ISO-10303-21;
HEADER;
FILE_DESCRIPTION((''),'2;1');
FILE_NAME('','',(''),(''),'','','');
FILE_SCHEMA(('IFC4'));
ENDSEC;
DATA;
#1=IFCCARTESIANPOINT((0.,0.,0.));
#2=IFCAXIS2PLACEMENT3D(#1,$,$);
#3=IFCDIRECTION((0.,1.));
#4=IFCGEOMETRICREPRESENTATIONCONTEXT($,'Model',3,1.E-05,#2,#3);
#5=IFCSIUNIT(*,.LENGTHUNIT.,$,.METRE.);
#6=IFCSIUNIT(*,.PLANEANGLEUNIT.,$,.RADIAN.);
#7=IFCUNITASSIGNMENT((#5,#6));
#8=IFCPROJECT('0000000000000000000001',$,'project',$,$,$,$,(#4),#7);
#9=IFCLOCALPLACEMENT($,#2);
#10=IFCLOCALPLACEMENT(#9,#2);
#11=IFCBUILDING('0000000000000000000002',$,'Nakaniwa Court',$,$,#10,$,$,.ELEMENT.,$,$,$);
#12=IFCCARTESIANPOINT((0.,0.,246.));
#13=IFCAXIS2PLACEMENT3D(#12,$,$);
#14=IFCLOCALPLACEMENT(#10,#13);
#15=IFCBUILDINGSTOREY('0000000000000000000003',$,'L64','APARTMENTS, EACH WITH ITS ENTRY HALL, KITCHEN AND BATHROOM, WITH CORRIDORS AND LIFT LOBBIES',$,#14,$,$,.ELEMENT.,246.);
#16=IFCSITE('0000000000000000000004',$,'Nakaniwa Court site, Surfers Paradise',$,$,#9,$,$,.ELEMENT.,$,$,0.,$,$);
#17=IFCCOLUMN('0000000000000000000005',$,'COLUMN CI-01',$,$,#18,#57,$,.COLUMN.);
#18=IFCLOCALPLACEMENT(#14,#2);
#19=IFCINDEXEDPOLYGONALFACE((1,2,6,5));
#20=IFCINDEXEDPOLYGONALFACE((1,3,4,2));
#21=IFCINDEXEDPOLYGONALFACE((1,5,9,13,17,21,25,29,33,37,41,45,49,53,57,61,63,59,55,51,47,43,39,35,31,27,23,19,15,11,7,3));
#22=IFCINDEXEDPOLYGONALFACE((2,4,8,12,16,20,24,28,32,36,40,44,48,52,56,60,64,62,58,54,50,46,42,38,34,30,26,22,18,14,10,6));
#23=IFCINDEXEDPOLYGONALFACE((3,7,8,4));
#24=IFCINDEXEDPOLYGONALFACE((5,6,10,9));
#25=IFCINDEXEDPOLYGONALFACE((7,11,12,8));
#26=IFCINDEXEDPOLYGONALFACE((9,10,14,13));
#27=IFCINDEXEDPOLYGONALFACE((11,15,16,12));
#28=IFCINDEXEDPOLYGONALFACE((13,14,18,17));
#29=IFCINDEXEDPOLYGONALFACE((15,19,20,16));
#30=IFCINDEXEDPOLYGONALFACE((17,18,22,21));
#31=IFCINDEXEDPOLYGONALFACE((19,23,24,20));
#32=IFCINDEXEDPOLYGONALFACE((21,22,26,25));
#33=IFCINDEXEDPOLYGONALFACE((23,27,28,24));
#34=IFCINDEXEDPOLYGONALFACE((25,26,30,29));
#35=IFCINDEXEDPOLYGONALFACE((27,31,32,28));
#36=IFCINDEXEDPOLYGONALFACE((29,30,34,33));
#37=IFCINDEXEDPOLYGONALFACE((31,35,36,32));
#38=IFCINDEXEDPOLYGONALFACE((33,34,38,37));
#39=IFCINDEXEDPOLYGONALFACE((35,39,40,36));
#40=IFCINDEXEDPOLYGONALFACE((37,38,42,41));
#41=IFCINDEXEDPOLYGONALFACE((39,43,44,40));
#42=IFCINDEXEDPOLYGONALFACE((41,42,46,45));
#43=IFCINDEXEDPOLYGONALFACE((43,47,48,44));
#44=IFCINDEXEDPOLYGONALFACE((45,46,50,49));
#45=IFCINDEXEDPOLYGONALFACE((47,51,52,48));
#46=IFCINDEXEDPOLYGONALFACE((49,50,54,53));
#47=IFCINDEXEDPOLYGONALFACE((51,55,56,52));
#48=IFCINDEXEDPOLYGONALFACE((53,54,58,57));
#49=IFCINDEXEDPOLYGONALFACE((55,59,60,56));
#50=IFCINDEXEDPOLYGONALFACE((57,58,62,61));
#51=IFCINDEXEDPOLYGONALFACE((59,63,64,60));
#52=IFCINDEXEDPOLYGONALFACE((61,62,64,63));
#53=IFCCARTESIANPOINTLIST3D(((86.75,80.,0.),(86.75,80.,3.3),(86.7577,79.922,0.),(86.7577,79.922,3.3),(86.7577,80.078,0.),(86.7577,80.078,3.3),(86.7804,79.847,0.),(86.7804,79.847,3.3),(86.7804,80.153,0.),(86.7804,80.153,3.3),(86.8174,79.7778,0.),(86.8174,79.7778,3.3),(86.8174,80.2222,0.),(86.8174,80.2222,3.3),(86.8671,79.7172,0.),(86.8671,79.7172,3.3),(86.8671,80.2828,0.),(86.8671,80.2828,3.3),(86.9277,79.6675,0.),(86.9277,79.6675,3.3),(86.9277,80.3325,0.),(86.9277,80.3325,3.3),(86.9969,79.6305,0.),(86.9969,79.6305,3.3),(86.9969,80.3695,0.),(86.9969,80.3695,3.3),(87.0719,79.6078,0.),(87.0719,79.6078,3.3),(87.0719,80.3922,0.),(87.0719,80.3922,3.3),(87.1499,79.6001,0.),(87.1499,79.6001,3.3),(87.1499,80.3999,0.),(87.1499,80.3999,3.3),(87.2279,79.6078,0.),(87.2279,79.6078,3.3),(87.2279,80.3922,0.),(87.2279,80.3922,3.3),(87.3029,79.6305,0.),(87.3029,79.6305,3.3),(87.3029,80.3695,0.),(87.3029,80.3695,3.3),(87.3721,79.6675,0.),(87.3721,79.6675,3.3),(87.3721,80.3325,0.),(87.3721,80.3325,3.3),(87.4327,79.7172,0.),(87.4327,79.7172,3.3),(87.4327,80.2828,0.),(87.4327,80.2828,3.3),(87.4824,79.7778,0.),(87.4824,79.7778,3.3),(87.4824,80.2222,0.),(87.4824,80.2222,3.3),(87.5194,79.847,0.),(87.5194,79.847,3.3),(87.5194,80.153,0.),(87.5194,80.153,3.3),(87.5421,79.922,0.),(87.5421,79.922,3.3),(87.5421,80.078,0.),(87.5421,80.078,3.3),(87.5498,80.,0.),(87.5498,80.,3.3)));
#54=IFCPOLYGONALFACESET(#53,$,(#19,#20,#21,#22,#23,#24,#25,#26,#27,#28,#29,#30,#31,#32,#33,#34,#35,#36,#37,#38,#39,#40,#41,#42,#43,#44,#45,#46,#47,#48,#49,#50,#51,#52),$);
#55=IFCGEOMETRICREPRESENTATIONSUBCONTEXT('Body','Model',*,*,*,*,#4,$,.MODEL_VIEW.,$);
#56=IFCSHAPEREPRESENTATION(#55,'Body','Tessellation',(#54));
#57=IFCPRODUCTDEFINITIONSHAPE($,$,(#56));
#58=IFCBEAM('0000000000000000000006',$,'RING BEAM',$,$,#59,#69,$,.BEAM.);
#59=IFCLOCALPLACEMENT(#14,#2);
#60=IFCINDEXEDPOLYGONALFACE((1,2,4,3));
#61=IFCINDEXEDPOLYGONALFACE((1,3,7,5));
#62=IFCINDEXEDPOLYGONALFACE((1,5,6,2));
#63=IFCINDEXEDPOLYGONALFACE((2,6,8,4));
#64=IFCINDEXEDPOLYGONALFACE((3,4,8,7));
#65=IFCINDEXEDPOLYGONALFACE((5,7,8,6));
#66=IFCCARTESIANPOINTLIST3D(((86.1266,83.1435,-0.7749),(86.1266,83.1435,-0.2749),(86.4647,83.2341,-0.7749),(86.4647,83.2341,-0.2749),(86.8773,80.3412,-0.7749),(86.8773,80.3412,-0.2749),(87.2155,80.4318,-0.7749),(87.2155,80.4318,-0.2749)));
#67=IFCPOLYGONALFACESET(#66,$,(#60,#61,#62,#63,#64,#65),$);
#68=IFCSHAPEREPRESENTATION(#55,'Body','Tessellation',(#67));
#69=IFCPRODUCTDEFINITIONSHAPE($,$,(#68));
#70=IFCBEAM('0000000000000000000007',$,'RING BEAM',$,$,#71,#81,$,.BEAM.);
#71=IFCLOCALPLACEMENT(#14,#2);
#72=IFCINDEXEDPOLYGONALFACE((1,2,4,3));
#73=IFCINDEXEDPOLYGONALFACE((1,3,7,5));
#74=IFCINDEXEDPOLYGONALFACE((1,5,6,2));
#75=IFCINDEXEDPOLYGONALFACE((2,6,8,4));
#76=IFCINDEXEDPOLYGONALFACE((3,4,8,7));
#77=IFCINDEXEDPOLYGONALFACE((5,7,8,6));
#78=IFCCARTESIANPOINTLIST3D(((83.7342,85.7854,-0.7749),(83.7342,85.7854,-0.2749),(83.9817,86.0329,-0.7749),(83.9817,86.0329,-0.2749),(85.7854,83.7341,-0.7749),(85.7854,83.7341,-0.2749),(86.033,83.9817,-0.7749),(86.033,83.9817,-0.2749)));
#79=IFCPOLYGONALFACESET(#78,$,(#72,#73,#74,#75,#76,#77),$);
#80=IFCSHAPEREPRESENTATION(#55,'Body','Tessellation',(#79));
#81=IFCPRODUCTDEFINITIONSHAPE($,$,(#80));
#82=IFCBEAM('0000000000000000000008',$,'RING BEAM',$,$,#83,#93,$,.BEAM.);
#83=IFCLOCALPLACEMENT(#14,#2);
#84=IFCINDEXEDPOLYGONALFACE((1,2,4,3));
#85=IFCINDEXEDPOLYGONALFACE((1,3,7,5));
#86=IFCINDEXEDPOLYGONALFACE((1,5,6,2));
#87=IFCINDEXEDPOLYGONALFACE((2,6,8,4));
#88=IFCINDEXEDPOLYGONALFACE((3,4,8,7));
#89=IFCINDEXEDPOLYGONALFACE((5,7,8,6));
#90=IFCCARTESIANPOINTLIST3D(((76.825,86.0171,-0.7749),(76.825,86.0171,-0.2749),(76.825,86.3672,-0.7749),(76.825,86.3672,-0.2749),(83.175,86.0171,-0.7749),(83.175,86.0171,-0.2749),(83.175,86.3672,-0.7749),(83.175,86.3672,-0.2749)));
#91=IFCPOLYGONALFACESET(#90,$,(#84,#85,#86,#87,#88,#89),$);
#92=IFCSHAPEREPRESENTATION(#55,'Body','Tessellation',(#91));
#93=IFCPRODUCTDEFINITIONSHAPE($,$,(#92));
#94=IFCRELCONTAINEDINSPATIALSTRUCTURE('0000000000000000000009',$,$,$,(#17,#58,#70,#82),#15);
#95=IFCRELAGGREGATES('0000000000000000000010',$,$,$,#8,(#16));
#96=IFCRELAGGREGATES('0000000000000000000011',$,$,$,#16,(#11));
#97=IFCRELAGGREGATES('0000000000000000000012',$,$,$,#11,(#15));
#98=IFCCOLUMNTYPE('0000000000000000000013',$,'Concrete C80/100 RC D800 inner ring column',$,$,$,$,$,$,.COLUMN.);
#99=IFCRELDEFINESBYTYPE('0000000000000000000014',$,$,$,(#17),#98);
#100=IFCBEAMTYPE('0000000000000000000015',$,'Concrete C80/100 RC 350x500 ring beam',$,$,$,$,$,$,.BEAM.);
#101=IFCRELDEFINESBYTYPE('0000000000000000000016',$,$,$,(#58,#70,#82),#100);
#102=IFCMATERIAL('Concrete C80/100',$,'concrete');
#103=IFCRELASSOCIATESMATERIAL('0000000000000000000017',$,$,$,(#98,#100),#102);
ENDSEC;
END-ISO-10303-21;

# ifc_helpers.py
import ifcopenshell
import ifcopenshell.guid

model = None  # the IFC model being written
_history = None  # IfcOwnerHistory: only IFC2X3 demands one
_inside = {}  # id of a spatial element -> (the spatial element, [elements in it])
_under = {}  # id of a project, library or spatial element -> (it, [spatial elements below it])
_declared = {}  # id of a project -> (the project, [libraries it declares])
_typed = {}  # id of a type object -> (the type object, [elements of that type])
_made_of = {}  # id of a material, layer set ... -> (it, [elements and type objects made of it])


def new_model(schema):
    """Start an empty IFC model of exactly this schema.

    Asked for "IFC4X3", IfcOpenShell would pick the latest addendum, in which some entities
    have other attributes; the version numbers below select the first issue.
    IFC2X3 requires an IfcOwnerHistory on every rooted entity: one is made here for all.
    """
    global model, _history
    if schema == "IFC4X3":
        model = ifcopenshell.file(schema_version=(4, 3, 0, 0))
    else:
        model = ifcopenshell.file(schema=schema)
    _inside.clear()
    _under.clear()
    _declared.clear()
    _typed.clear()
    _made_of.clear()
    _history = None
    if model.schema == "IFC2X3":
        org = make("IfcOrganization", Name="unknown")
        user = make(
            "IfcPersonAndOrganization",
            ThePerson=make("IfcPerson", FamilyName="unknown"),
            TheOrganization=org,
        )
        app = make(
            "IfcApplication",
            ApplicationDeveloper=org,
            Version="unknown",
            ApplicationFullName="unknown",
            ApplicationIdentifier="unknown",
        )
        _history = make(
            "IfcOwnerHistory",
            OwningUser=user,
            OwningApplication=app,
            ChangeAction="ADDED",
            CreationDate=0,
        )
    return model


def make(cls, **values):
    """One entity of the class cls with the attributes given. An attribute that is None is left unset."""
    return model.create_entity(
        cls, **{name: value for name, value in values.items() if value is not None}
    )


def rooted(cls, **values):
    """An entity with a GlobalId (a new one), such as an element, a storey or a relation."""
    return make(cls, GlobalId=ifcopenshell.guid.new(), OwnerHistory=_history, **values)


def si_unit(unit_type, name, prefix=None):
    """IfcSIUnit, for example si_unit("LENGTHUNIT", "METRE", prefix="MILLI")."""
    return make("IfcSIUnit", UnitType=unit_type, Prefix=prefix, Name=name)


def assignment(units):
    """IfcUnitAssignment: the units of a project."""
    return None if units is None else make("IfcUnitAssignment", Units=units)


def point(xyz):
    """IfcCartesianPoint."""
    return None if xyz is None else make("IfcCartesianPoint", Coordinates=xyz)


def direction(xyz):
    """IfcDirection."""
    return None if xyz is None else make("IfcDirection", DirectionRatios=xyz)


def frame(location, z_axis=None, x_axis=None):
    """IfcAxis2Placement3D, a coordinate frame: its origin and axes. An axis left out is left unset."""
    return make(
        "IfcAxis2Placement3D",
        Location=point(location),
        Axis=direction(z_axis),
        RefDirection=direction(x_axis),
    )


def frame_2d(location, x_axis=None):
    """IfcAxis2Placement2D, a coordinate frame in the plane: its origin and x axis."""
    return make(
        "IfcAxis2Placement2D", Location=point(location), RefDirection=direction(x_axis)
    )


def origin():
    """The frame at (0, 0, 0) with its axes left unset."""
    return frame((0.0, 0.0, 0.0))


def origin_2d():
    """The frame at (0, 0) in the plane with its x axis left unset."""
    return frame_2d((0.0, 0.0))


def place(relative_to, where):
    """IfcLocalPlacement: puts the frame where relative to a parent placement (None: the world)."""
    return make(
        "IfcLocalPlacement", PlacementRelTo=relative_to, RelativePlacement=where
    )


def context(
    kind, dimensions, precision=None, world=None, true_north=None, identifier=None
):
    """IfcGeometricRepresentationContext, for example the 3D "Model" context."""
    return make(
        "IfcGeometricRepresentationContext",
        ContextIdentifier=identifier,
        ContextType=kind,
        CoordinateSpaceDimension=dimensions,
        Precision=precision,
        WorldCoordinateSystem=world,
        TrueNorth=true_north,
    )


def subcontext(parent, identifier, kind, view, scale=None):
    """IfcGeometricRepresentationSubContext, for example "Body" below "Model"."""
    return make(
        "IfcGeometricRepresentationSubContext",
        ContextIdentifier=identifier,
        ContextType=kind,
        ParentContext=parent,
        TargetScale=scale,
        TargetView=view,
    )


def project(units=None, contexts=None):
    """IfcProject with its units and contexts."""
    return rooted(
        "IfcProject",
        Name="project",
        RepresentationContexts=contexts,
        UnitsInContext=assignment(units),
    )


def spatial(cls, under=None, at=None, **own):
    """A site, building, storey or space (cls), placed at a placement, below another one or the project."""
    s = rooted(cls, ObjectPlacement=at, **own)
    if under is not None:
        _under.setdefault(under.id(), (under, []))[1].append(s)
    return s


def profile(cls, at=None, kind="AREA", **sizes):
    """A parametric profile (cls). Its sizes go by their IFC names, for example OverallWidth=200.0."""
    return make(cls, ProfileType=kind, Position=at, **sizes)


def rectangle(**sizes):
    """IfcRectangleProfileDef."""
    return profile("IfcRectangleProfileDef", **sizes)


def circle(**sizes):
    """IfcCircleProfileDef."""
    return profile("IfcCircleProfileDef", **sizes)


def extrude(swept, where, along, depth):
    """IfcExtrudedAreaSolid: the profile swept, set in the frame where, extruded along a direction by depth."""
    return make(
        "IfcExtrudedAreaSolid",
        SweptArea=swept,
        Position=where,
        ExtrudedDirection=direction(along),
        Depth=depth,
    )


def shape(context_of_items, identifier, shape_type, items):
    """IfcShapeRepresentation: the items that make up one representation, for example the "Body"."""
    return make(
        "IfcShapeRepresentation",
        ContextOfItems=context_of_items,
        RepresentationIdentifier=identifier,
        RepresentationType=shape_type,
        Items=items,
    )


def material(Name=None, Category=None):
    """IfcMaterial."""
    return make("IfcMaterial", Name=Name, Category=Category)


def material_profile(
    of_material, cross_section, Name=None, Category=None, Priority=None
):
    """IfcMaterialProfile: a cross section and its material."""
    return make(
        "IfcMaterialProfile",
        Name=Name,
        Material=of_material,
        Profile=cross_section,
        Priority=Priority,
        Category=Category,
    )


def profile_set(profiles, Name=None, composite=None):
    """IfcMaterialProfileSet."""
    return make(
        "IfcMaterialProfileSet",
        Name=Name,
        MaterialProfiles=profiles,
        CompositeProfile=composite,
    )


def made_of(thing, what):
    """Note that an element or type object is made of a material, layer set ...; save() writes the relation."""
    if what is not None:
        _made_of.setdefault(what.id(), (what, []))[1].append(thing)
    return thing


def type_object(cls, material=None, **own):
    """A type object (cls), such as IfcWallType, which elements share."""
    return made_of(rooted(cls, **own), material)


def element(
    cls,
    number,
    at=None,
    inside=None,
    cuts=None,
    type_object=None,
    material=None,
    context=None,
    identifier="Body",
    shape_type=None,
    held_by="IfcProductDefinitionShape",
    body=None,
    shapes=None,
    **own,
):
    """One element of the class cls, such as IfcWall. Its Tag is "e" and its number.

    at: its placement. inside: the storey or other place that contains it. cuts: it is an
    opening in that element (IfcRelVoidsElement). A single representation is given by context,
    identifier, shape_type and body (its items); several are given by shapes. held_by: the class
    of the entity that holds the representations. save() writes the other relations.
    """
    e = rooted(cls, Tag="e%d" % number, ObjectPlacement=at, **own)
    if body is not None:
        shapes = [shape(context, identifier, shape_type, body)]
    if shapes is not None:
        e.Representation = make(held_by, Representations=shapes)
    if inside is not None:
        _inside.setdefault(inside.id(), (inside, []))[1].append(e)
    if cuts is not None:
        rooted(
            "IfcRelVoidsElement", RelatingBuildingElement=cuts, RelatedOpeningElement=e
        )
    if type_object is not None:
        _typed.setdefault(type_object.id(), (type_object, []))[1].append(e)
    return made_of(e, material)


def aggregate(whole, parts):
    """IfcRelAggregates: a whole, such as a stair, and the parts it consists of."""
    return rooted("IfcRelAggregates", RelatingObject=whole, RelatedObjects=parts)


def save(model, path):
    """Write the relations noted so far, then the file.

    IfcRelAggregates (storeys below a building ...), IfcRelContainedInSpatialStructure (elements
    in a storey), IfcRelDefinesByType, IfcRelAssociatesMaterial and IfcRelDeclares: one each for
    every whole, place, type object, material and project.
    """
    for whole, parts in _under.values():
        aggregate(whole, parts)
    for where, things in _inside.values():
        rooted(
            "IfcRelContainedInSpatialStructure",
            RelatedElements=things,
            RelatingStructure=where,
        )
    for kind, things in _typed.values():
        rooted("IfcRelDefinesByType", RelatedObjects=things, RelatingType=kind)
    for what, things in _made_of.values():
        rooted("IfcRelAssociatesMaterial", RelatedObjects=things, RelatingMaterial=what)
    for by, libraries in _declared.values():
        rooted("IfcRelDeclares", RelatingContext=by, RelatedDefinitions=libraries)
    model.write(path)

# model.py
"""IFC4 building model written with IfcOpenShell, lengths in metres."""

from ifc_helpers import new_model, si_unit, direction, frame, origin, origin_2d, place, context, subcontext, project, spatial, rectangle, circle, extrude, material, material_profile, profile_set, type_object, element, save


model = new_model("IFC4")

# Units and contexts
model_context = context("Model", 3, precision=1e-05, world=origin(), true_north=direction((0.0, 1.0)))
body_context = subcontext(model_context, "Body", "Model", "MODEL_VIEW")
ifc_project = project(units=[si_unit("LENGTHUNIT", "METRE"), si_unit("PLANEANGLEUNIT", "RADIAN")], contexts=[model_context])

# Site, building, storey
site_placement = place(None, origin())
site = spatial("IfcSite", under=ifc_project, at=site_placement, Name="Nakaniwa Court site, Surfers Paradise", CompositionType="ELEMENT", RefElevation=0.0)
building_placement = place(site_placement, origin())
building = spatial("IfcBuilding", under=site, at=building_placement, Name="Nakaniwa Court", CompositionType="ELEMENT")
storey_placement = place(building_placement, frame((0.0, 0.0, 246.0)))
storey = spatial("IfcBuildingStorey", under=building, at=storey_placement, Name="L64", Description="APARTMENTS, EACH WITH ITS ENTRY HALL, KITCHEN AND BATHROOM, WITH CORRIDORS AND LIFT LOBBIES", CompositionType="ELEMENT", Elevation=246.0)

# Column
ifc_material_1 = material(Name="Concrete C80/100", Category="concrete")
ifc_material_profile_1 = material_profile(ifc_material_1, circle(Radius=0.3999, at=origin_2d()), Name="Concrete C80/100 RC D800 inner ring column")
ifc_profile_set_1 = profile_set([ifc_material_profile_1], Name="Concrete C80/100")
column_type = type_object("IfcColumnType", Name="Concrete C80/100 RC D800 inner ring column", PredefinedType="COLUMN", material=ifc_profile_set_1)
for number, where, z_axis, x_axis, name in (
    (1, (87.1499, 80.0, 0.0), (0.0, 0.0, 1.0), (0.0, 1.0, 0.0), "COLUMN CI-01"),
):
    element("IfcColumn", number, at=place(storey_placement, frame(where, z_axis=z_axis, x_axis=x_axis)), inside=storey, type_object=column_type, Name=name, PredefinedType="COLUMN", context=body_context, shape_type="SweptSolid", body=[
        extrude(circle(Radius=0.3999, at=origin_2d()), origin(), (0.0, 0.0, 1.0), 3.3),
    ])

# Beams
ifc_material_profile_2 = material_profile(ifc_material_1, rectangle(XDim=0.3501, YDim=0.5, at=origin_2d()), Name="Concrete C80/100 RC 350x500 ring beam")
ifc_profile_set_2 = profile_set([ifc_material_profile_2], Name="Concrete C80/100")
beam_type = type_object("IfcBeamType", Name="Concrete C80/100 RC 350x500 ring beam", PredefinedType="BEAM", material=ifc_profile_set_2)
beam_1_placement = place(storey_placement, frame((87.0464, 80.3865, -0.5249), z_axis=(-0.258778, 0.965937, 0.0), x_axis=(-0.965937, -0.258778, 0.0)))
element("IfcBeam", 2, at=beam_1_placement, inside=storey, type_object=beam_type, Name="RING BEAM", PredefinedType="BEAM", context=body_context, shape_type="SweptSolid", body=[
    extrude(rectangle(XDim=0.3501, YDim=0.5, at=origin_2d()), origin(), (0.0, 0.0, 1.0), 2.9011),
])
beam_2_placement = place(storey_placement, frame((85.9092, 83.8579, -0.5249), z_axis=(-0.707107, 0.707107, 0.0), x_axis=(-0.707107, -0.707107, 0.0)))
element("IfcBeam", 3, at=beam_2_placement, inside=storey, type_object=beam_type, Name="RING BEAM", PredefinedType="BEAM", context=body_context, shape_type="SweptSolid", body=[
    extrude(rectangle(XDim=0.3501, YDim=0.5, at=origin_2d()), origin(), (0.0, 0.0, 1.0), 2.9009),
])
beam_3_placement = place(storey_placement, frame((83.175, 86.1921, -0.5249), z_axis=(-1.0, 0.0, 0.0), x_axis=(0.0, -1.0, 0.0)))
element("IfcBeam", 4, at=beam_3_placement, inside=storey, type_object=beam_type, Name="RING BEAM", PredefinedType="BEAM", context=body_context, shape_type="SweptSolid", body=[
    extrude(rectangle(XDim=0.3501, YDim=0.5, at=origin_2d()), origin(), (0.0, 0.0, 1.0), 6.3501),
])

save(model, "model.ifc")
